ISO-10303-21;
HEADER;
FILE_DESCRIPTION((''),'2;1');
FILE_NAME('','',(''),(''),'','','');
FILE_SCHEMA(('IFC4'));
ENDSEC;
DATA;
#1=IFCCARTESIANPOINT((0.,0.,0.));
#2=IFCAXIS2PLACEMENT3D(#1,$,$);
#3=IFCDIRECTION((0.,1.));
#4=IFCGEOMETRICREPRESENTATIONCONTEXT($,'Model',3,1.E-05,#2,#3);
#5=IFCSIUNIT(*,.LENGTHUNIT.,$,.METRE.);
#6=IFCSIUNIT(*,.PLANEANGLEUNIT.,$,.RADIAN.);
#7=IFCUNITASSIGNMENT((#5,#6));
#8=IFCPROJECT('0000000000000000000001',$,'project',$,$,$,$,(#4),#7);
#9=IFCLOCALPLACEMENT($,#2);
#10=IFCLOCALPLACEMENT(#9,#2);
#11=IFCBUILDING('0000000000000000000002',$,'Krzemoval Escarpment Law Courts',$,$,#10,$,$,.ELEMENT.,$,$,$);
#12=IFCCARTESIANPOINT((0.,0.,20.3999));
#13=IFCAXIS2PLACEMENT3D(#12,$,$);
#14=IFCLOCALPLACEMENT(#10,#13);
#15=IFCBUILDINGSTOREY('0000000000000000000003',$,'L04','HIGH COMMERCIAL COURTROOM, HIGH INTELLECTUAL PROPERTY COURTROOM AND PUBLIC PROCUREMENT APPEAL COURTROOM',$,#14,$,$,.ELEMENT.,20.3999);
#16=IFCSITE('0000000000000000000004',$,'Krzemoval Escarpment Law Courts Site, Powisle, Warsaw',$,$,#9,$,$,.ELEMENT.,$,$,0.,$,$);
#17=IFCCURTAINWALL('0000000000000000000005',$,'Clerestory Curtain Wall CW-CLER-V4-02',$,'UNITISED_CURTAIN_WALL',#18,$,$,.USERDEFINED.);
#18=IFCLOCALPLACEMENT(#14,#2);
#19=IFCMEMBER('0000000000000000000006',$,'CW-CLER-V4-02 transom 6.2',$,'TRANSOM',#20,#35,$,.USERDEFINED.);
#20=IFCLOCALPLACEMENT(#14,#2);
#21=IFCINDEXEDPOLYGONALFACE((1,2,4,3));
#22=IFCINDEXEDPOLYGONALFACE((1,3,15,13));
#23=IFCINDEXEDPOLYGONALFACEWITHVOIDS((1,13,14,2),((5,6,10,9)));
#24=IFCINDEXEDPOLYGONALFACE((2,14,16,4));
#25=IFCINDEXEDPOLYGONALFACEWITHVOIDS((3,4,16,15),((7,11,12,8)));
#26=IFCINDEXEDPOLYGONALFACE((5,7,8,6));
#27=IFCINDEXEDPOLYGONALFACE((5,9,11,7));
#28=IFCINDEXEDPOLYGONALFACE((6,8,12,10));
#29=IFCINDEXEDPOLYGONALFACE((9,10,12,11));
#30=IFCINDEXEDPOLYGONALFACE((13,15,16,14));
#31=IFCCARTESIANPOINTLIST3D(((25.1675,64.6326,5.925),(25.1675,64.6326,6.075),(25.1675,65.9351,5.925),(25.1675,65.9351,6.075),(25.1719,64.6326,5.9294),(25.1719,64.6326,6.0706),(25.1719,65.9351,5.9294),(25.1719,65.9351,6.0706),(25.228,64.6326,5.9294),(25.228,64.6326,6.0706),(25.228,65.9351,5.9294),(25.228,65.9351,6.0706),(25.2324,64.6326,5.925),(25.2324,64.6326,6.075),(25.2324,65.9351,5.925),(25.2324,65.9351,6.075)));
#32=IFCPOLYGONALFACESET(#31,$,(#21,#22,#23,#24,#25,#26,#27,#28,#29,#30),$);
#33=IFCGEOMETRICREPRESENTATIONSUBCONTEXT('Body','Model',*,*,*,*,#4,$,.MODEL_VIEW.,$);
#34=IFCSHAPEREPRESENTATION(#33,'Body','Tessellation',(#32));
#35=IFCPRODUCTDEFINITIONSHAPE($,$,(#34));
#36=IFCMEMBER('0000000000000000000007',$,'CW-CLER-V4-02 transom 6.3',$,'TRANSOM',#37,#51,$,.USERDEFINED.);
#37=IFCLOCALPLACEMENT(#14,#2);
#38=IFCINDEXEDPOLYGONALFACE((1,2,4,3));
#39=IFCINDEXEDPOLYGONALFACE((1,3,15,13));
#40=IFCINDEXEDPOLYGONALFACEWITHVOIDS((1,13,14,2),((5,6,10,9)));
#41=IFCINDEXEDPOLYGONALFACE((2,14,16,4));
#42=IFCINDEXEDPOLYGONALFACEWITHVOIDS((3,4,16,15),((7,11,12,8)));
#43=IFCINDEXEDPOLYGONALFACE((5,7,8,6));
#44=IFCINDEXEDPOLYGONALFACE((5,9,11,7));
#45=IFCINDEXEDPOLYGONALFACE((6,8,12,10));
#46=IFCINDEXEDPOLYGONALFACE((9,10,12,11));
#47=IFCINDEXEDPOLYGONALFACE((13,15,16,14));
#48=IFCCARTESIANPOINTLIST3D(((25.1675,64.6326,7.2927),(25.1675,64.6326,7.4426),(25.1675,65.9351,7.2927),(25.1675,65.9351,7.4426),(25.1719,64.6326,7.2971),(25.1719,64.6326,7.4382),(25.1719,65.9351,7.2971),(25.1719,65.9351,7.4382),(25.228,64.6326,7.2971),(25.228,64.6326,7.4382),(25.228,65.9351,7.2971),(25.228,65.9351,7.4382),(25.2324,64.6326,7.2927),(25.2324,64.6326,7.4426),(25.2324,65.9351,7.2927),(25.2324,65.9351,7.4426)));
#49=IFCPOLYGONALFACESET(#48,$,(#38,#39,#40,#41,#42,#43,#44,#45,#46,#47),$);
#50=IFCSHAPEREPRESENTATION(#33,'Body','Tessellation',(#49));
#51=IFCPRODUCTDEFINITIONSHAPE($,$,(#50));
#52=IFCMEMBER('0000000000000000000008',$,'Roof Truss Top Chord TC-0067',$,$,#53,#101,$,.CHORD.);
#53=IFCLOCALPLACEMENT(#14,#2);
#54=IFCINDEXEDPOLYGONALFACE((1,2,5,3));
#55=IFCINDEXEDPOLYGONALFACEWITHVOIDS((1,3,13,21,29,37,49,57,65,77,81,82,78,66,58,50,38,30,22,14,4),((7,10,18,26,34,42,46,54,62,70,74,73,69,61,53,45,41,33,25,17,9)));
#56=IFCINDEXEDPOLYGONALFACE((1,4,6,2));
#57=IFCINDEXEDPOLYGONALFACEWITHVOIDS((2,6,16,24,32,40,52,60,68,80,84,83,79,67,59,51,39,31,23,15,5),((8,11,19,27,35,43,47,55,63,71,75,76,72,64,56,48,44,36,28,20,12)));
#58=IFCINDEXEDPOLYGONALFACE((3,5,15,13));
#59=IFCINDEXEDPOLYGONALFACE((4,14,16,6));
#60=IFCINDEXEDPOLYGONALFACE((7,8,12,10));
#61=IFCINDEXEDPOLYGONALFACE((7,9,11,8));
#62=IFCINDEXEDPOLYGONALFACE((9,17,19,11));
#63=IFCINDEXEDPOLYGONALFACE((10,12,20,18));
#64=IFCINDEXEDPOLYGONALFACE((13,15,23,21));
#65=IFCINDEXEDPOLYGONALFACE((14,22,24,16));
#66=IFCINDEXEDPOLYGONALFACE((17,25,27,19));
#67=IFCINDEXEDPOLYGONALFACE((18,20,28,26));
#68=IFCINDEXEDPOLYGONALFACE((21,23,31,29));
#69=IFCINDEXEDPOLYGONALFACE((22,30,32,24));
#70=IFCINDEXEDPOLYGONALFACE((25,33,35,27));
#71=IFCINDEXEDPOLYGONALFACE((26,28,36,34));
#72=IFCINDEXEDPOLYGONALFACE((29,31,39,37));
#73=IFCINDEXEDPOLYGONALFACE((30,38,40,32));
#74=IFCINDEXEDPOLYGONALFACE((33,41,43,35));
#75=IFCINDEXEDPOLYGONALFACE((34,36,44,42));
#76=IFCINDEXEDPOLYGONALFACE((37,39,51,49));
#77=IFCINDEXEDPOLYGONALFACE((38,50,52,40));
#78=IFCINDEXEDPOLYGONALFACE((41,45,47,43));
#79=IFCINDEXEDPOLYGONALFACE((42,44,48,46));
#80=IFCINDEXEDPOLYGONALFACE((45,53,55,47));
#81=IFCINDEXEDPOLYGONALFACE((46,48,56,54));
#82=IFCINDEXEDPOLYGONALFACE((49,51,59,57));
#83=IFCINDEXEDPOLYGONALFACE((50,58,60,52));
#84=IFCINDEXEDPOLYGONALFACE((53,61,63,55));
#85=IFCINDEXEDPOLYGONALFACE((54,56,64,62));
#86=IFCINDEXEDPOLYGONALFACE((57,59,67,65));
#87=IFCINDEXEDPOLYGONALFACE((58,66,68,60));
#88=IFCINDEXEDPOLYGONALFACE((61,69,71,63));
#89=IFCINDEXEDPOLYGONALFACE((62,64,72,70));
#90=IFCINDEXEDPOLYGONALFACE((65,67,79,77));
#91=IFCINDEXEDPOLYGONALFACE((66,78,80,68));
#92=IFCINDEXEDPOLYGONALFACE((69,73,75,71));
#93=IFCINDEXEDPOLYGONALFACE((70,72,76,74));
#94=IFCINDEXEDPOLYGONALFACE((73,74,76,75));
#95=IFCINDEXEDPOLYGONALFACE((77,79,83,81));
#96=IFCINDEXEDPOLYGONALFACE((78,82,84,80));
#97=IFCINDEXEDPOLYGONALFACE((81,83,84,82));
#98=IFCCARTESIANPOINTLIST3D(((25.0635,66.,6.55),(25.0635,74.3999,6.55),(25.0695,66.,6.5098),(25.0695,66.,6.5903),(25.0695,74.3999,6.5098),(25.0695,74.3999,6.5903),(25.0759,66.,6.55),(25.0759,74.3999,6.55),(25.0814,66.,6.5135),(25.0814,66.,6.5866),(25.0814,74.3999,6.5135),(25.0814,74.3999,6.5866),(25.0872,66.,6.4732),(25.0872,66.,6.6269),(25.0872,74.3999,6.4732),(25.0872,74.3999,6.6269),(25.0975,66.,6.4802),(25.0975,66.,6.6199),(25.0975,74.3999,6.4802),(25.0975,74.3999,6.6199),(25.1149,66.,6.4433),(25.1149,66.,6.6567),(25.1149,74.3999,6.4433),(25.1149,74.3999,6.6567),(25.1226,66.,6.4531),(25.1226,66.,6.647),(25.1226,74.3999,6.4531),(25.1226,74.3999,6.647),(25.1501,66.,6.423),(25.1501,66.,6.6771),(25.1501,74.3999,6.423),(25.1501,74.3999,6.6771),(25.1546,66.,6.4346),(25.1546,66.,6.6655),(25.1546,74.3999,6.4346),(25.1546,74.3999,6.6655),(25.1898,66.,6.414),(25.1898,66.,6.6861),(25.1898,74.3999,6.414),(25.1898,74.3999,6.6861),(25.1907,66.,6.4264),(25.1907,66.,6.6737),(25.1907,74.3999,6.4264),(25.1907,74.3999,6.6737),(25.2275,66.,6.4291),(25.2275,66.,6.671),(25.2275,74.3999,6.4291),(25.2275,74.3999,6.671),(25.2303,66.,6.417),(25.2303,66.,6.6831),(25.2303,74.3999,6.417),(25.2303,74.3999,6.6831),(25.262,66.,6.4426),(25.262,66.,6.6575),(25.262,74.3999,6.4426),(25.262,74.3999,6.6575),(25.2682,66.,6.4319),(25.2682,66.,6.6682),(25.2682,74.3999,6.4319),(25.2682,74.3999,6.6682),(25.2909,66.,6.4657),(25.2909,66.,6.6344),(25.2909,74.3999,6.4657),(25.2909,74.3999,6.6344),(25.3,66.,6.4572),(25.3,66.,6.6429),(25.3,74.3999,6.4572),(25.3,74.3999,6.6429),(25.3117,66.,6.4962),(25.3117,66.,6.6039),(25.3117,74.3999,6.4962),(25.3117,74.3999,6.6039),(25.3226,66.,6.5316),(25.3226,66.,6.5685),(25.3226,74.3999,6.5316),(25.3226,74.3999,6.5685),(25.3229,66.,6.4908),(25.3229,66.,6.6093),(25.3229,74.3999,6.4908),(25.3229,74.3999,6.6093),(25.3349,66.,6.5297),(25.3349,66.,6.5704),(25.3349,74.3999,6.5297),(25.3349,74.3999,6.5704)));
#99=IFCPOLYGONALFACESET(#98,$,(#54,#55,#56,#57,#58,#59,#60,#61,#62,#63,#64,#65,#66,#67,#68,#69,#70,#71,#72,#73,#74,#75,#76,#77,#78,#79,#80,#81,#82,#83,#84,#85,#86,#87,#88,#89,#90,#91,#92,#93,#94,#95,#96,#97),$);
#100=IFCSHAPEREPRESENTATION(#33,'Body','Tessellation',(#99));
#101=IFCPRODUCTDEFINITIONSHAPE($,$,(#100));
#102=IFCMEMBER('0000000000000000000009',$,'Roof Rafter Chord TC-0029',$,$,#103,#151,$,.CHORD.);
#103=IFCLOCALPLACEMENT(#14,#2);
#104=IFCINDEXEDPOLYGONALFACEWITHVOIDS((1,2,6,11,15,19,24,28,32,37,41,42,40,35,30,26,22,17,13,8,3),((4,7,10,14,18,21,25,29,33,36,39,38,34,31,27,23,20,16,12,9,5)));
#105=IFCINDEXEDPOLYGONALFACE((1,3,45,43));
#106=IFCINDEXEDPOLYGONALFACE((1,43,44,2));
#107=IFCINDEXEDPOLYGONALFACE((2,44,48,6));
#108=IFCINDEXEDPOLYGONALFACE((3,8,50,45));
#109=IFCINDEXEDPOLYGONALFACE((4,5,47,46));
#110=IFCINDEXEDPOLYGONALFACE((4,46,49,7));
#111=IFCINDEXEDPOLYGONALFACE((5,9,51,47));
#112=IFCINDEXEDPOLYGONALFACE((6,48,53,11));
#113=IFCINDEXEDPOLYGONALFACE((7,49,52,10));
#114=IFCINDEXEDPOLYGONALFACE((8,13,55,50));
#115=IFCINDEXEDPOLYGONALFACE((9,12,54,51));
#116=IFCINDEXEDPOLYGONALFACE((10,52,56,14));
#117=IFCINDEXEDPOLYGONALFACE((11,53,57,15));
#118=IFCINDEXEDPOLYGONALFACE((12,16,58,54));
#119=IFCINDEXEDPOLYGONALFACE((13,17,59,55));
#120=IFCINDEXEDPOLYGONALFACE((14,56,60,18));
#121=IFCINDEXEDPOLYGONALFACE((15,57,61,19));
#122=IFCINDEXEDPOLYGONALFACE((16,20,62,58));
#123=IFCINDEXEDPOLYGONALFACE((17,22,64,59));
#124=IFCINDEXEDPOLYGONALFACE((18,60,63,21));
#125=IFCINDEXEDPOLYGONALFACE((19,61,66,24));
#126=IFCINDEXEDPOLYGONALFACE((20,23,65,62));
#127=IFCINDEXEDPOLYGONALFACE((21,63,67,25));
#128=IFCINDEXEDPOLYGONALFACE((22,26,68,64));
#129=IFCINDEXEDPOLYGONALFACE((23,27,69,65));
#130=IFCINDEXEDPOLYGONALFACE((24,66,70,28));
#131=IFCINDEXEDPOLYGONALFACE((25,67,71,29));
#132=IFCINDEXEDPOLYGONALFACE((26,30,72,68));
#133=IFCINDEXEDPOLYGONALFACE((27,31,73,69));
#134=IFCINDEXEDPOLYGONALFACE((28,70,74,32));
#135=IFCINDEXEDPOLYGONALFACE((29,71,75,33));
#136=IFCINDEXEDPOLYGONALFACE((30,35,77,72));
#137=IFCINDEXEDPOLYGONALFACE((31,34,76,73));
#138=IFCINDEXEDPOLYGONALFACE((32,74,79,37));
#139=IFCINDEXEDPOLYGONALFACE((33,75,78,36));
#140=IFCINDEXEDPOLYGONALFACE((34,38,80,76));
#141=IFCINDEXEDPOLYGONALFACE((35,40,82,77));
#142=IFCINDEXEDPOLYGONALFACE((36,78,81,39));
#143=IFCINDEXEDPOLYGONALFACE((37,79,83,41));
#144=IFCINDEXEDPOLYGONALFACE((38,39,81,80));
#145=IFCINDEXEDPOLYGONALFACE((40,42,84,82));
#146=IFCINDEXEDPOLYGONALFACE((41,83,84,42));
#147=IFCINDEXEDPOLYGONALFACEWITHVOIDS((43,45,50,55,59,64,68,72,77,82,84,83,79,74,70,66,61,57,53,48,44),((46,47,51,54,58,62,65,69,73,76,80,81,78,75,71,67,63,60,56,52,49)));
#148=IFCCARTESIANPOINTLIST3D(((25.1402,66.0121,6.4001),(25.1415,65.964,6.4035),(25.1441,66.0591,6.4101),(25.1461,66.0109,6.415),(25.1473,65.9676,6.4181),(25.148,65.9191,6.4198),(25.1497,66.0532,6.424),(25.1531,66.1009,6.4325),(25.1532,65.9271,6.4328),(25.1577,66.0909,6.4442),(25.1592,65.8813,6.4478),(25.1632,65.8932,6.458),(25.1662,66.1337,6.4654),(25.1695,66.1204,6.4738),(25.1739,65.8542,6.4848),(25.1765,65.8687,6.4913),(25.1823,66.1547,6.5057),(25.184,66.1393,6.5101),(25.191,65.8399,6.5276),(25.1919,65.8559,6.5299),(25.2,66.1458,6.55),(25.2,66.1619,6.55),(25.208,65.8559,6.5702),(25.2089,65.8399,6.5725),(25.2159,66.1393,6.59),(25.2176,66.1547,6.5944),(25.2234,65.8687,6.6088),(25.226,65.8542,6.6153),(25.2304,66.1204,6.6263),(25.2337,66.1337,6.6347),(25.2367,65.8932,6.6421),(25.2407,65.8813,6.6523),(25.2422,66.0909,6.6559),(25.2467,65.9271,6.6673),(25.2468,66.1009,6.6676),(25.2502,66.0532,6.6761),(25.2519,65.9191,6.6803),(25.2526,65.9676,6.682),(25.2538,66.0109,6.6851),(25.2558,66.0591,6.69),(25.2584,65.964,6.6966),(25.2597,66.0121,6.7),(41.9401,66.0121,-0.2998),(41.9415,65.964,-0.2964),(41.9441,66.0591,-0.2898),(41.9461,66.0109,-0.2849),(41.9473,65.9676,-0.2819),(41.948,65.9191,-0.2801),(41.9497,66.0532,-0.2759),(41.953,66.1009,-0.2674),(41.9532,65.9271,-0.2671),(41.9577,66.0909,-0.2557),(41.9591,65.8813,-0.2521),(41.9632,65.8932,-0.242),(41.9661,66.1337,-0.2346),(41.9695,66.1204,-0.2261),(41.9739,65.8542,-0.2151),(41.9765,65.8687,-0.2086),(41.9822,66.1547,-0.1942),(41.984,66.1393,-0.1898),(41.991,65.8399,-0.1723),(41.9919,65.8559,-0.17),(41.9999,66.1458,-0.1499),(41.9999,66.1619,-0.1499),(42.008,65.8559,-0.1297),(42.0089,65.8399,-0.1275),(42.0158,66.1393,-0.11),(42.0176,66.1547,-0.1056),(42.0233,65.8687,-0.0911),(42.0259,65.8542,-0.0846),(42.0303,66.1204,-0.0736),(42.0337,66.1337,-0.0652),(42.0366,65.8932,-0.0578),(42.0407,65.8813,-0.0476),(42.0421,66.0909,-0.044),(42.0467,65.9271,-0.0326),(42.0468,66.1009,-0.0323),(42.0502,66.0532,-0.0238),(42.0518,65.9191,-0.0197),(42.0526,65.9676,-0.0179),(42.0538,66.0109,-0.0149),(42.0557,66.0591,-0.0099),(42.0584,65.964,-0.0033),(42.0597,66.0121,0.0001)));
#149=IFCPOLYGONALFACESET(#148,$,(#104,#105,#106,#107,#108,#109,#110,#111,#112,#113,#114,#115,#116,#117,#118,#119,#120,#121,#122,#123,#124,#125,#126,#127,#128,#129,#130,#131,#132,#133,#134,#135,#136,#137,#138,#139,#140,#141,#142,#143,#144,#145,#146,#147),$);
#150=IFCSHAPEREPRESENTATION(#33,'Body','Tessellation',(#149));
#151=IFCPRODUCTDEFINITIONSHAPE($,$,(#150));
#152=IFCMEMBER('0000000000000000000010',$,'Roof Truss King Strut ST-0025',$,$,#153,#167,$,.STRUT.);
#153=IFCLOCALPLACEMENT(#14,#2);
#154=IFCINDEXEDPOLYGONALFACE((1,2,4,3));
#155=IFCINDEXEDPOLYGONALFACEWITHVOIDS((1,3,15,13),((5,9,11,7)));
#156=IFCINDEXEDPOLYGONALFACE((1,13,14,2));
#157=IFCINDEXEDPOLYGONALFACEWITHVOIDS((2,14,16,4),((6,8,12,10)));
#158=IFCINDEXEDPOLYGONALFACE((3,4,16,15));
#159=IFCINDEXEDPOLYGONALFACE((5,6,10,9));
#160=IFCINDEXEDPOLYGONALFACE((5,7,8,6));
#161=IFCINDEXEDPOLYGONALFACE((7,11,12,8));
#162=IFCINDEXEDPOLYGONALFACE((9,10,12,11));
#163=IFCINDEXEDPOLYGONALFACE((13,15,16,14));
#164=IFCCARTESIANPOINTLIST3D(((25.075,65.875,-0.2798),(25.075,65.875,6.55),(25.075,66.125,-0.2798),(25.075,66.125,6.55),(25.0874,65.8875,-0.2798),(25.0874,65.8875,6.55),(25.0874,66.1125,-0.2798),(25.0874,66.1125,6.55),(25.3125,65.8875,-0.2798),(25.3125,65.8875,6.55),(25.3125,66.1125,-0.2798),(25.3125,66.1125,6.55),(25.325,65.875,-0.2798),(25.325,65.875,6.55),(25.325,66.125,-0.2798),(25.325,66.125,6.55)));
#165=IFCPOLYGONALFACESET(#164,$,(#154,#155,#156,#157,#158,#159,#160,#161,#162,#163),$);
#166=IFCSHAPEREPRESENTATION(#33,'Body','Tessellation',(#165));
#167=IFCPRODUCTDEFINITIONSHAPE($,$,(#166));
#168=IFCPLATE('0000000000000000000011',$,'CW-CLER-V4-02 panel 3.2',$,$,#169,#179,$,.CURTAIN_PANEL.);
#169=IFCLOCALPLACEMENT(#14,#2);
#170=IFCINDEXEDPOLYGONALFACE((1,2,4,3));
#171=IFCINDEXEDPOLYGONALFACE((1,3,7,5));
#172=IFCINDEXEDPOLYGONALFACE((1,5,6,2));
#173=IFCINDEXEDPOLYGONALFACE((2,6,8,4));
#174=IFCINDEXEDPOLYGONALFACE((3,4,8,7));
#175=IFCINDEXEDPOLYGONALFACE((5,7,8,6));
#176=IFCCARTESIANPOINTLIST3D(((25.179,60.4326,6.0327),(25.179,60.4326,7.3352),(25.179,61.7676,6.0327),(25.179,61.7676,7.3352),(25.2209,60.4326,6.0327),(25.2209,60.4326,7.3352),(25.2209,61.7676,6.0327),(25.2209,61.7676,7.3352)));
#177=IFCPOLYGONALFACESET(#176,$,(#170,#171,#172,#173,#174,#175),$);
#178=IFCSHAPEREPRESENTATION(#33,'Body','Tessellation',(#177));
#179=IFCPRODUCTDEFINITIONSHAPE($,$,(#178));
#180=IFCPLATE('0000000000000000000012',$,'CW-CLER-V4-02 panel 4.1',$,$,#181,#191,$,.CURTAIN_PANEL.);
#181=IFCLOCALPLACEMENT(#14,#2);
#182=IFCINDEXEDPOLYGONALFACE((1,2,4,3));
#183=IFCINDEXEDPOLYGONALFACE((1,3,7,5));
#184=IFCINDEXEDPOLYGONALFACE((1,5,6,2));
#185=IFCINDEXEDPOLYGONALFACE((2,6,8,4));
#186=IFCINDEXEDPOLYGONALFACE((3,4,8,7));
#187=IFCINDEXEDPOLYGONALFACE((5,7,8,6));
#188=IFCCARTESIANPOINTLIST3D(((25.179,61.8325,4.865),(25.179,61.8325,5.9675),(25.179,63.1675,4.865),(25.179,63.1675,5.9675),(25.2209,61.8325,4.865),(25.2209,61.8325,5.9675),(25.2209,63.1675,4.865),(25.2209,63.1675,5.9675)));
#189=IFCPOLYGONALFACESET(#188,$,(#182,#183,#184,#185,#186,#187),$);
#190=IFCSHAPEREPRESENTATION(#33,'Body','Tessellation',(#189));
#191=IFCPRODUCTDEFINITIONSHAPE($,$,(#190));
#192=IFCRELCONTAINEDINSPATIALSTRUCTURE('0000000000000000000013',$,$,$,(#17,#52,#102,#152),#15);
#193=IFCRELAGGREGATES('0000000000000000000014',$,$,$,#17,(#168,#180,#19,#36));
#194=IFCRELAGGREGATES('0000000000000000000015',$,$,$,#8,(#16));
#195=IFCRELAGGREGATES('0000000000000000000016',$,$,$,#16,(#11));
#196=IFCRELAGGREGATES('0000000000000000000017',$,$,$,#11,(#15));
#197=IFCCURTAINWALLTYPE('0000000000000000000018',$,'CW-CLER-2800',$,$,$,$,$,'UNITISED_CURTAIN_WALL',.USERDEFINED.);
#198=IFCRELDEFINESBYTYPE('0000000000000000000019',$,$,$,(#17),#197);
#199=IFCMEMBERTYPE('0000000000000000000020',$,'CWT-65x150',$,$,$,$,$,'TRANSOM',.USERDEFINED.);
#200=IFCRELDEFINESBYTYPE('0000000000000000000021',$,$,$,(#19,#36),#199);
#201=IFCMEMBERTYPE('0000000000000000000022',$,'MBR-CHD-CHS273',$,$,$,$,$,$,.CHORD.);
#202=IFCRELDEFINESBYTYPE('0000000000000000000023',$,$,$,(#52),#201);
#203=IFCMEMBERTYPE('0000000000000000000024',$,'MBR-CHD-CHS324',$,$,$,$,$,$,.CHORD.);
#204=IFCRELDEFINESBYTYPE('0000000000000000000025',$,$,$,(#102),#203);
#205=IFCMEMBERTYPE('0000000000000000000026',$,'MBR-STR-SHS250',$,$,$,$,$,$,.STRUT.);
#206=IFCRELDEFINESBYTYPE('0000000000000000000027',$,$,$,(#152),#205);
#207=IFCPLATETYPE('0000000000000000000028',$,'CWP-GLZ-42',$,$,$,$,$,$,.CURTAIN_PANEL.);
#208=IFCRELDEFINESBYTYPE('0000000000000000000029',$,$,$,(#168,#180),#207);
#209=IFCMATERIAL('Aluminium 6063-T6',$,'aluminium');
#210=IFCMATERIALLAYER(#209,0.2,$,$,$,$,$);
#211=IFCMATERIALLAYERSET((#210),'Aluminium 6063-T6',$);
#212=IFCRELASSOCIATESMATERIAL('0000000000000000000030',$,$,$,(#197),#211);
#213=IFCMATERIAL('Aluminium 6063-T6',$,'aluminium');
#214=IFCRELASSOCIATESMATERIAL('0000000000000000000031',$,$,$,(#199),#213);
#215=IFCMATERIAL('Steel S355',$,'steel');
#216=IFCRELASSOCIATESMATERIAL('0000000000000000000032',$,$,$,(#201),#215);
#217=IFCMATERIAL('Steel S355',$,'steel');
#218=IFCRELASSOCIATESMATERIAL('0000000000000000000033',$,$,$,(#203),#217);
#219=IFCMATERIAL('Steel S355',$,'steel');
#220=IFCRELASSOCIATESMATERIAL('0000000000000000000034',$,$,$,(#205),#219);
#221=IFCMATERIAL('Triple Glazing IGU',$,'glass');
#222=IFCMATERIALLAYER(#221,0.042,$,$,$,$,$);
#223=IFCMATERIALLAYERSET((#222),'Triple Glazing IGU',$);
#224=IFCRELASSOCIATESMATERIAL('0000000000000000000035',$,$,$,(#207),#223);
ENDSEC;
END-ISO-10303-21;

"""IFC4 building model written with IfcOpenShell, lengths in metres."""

from ifc_helpers import new_model, si_unit, direction, frame, origin, origin_2d, place, context, subcontext, project, spatial, rectangle, hollow_rectangle, hollow_circle, extrude, material, layer, layer_set, material_profile, profile_set, type_object, element, aggregate, save


model = new_model("IFC4")

# Units and contexts
model_context = context("Model", 3, precision=1e-05, world=origin(), true_north=direction((0.0, 1.0)))
body_context = subcontext(model_context, "Body", "Model", "MODEL_VIEW")
ifc_project = project(units=[si_unit("LENGTHUNIT", "METRE"), si_unit("PLANEANGLEUNIT", "RADIAN")], contexts=[model_context])

# Site, building, storey
site_placement = place(None, origin())
site = spatial("IfcSite", under=ifc_project, at=site_placement, Name="Krzemoval Escarpment Law Courts Site, Powisle, Warsaw", CompositionType="ELEMENT", RefElevation=0.0)
building_placement = place(site_placement, origin())
building = spatial("IfcBuilding", under=site, at=building_placement, Name="Krzemoval Escarpment Law Courts", CompositionType="ELEMENT")
storey_placement = place(building_placement, frame((0.0, 0.0, 20.3999)))
storey = spatial("IfcBuildingStorey", under=building, at=storey_placement, Name="L04", Description="HIGH COMMERCIAL COURTROOM, HIGH INTELLECTUAL PROPERTY COURTROOM AND PUBLIC PROCUREMENT APPEAL COURTROOM", CompositionType="ELEMENT", Elevation=20.3999)

# Curtain wall, members
ifc_material_1 = material(Name="Aluminium 6063-T6", Category="aluminium")
ifc_layer_1 = layer(ifc_material_1, 0.2)
ifc_layer_set_1 = layer_set([ifc_layer_1], Name="Aluminium 6063-T6")
curtain_wall_type = type_object("IfcCurtainWallType", Name="CW-CLER-2800", ElementType="UNITISED_CURTAIN_WALL", PredefinedType="USERDEFINED", material=ifc_layer_set_1)
curtain_wall_placement = place(storey_placement, origin())
curtain_wall = element("IfcCurtainWall", 1, at=curtain_wall_placement, inside=storey, type_object=curtain_wall_type, Name="Clerestory Curtain Wall CW-CLER-V4-02", ObjectType="UNITISED_CURTAIN_WALL", PredefinedType="USERDEFINED")
ifc_material_2 = material(Name="Aluminium 6063-T6", Category="aluminium")
ifc_material_profile_1 = material_profile(ifc_material_2, hollow_rectangle(XDim=0.0649, YDim=0.1499, WallThickness=0.0044, at=origin_2d()), Name="ALU T65x150")
ifc_profile_set_1 = profile_set([ifc_material_profile_1], Name="Aluminium 6063-T6")
member_type_1 = type_object("IfcMemberType", Name="CWT-65x150", ElementType="TRANSOM", PredefinedType="USERDEFINED", material=ifc_profile_set_1)
member_1_placement = place(storey_placement, frame((25.2, 64.6326, 6.0), z_axis=(0.0, 1.0, 0.0), x_axis=(-1.0, 0.0, 0.0)))
member_1 = element("IfcMember", 2, at=member_1_placement, type_object=member_type_1, Name="CW-CLER-V4-02 transom 6.2", ObjectType="TRANSOM", PredefinedType="USERDEFINED", context=body_context, shape_type="SweptSolid", body=[
    extrude(hollow_rectangle(XDim=0.0649, YDim=0.1499, WallThickness=0.0044, at=origin_2d()), origin(), (0.0, 0.0, 1.0), 1.3025),
])
member_2_placement = place(storey_placement, frame((25.2, 64.6326, 7.3677), z_axis=(0.0, 1.0, 0.0), x_axis=(-1.0, 0.0, 0.0)))
member_2 = element("IfcMember", 3, at=member_2_placement, type_object=member_type_1, Name="CW-CLER-V4-02 transom 6.3", ObjectType="TRANSOM", PredefinedType="USERDEFINED", context=body_context, shape_type="SweptSolid", body=[
    extrude(hollow_rectangle(XDim=0.0649, YDim=0.1499, WallThickness=0.0044, at=origin_2d()), origin(), (0.0, 0.0, 1.0), 1.3025),
])

# Members
ifc_material_3 = material(Name="Steel S355", Category="steel")
ifc_material_profile_2 = material_profile(ifc_material_3, hollow_circle(Radius=0.1365, WallThickness=0.0125, at=origin_2d()), Name="CHS 273x12.5")
ifc_profile_set_2 = profile_set([ifc_material_profile_2], Name="Steel S355")
member_type_2 = type_object("IfcMemberType", Name="MBR-CHD-CHS273", PredefinedType="CHORD", material=ifc_profile_set_2)
member_3_placement = place(storey_placement, frame((25.2, 66.0, 6.55), z_axis=(0.0, 1.0, 0.0), x_axis=(-1.0, 0.0, 0.0)))
element("IfcMember", 4, at=member_3_placement, inside=storey, type_object=member_type_2, Name="Roof Truss Top Chord TC-0067", PredefinedType="CHORD", context=body_context, shape_type="SweptSolid", body=[
    extrude(hollow_circle(Radius=0.1365, WallThickness=0.0125, at=origin_2d()), origin(), (0.0, 0.0, 1.0), 8.3999),
])
ifc_material_4 = material(Name="Steel S355", Category="steel")
ifc_material_profile_3 = material_profile(ifc_material_4, hollow_circle(Radius=0.1619, WallThickness=0.0161, at=origin_2d()), Name="CHS 323.9x16")
ifc_profile_set_3 = profile_set([ifc_material_profile_3], Name="Steel S355")
member_type_3 = type_object("IfcMemberType", Name="MBR-CHD-CHS324", PredefinedType="CHORD", material=ifc_profile_set_3)
member_4_placement = place(storey_placement, frame((25.2, 66.0, 6.55), z_axis=(0.928859, 0.0, -0.370434), x_axis=(0.0, 1.0, 0.0)))
element("IfcMember", 5, at=member_4_placement, inside=storey, type_object=member_type_3, Name="Roof Rafter Chord TC-0029", PredefinedType="CHORD", context=body_context, shape_type="SweptSolid", body=[
    extrude(hollow_circle(Radius=0.1619, WallThickness=0.0161, at=origin_2d()), origin(), (0.0, 0.0, 1.0), 18.0867),
])
ifc_material_5 = material(Name="Steel S355", Category="steel")
ifc_material_profile_4 = material_profile(ifc_material_5, hollow_rectangle(XDim=0.25, YDim=0.25, WallThickness=0.0125, at=origin_2d()), Name="SHS 250x250x12.5")
ifc_profile_set_4 = profile_set([ifc_material_profile_4], Name="Steel S355")
member_type_4 = type_object("IfcMemberType", Name="MBR-STR-SHS250", PredefinedType="STRUT", material=ifc_profile_set_4)
member_5_placement = place(storey_placement, frame((25.2, 66.0, -0.2798), z_axis=(0.0, 0.0, 1.0), x_axis=(1.0, 0.0, 0.0)))
element("IfcMember", 6, at=member_5_placement, inside=storey, type_object=member_type_4, Name="Roof Truss King Strut ST-0025", PredefinedType="STRUT", context=body_context, shape_type="SweptSolid", body=[
    extrude(hollow_rectangle(XDim=0.25, YDim=0.25, WallThickness=0.0125, at=origin_2d()), origin(), (0.0, 0.0, 1.0), 6.8298),
])

# Plates
ifc_material_6 = material(Name="Triple Glazing IGU", Category="glass")
ifc_layer_2 = layer(ifc_material_6, 0.042)
ifc_layer_set_2 = layer_set([ifc_layer_2], Name="Triple Glazing IGU")
plate_type = type_object("IfcPlateType", Name="CWP-GLZ-42", PredefinedType="CURTAIN_PANEL", material=ifc_layer_set_2)
plate_1_placement = place(storey_placement, frame((25.2, 61.1001, 6.0327), z_axis=(0.0, 0.0, 1.0), x_axis=(0.0, 1.0, 0.0)))
plate_1 = element("IfcPlate", 7, at=plate_1_placement, type_object=plate_type, Name="CW-CLER-V4-02 panel 3.2", PredefinedType="CURTAIN_PANEL", context=body_context, shape_type="SweptSolid", body=[
    extrude(rectangle(XDim=1.335, YDim=0.042, at=origin_2d()), origin(), (0.0, 0.0, 1.0), 1.3025),
])
plate_2_placement = place(storey_placement, frame((25.2, 62.5, 4.865), z_axis=(0.0, 0.0, 1.0), x_axis=(0.0, 1.0, 0.0)))
plate_2 = element("IfcPlate", 8, at=plate_2_placement, type_object=plate_type, Name="CW-CLER-V4-02 panel 4.1", PredefinedType="CURTAIN_PANEL", context=body_context, shape_type="SweptSolid", body=[
    extrude(rectangle(XDim=1.335, YDim=0.042, at=origin_2d()), origin(), (0.0, 0.0, 1.0), 1.1025),
])
aggregate(curtain_wall, [plate_1, plate_2, member_1, member_2])

save(model, "model.ifc")
